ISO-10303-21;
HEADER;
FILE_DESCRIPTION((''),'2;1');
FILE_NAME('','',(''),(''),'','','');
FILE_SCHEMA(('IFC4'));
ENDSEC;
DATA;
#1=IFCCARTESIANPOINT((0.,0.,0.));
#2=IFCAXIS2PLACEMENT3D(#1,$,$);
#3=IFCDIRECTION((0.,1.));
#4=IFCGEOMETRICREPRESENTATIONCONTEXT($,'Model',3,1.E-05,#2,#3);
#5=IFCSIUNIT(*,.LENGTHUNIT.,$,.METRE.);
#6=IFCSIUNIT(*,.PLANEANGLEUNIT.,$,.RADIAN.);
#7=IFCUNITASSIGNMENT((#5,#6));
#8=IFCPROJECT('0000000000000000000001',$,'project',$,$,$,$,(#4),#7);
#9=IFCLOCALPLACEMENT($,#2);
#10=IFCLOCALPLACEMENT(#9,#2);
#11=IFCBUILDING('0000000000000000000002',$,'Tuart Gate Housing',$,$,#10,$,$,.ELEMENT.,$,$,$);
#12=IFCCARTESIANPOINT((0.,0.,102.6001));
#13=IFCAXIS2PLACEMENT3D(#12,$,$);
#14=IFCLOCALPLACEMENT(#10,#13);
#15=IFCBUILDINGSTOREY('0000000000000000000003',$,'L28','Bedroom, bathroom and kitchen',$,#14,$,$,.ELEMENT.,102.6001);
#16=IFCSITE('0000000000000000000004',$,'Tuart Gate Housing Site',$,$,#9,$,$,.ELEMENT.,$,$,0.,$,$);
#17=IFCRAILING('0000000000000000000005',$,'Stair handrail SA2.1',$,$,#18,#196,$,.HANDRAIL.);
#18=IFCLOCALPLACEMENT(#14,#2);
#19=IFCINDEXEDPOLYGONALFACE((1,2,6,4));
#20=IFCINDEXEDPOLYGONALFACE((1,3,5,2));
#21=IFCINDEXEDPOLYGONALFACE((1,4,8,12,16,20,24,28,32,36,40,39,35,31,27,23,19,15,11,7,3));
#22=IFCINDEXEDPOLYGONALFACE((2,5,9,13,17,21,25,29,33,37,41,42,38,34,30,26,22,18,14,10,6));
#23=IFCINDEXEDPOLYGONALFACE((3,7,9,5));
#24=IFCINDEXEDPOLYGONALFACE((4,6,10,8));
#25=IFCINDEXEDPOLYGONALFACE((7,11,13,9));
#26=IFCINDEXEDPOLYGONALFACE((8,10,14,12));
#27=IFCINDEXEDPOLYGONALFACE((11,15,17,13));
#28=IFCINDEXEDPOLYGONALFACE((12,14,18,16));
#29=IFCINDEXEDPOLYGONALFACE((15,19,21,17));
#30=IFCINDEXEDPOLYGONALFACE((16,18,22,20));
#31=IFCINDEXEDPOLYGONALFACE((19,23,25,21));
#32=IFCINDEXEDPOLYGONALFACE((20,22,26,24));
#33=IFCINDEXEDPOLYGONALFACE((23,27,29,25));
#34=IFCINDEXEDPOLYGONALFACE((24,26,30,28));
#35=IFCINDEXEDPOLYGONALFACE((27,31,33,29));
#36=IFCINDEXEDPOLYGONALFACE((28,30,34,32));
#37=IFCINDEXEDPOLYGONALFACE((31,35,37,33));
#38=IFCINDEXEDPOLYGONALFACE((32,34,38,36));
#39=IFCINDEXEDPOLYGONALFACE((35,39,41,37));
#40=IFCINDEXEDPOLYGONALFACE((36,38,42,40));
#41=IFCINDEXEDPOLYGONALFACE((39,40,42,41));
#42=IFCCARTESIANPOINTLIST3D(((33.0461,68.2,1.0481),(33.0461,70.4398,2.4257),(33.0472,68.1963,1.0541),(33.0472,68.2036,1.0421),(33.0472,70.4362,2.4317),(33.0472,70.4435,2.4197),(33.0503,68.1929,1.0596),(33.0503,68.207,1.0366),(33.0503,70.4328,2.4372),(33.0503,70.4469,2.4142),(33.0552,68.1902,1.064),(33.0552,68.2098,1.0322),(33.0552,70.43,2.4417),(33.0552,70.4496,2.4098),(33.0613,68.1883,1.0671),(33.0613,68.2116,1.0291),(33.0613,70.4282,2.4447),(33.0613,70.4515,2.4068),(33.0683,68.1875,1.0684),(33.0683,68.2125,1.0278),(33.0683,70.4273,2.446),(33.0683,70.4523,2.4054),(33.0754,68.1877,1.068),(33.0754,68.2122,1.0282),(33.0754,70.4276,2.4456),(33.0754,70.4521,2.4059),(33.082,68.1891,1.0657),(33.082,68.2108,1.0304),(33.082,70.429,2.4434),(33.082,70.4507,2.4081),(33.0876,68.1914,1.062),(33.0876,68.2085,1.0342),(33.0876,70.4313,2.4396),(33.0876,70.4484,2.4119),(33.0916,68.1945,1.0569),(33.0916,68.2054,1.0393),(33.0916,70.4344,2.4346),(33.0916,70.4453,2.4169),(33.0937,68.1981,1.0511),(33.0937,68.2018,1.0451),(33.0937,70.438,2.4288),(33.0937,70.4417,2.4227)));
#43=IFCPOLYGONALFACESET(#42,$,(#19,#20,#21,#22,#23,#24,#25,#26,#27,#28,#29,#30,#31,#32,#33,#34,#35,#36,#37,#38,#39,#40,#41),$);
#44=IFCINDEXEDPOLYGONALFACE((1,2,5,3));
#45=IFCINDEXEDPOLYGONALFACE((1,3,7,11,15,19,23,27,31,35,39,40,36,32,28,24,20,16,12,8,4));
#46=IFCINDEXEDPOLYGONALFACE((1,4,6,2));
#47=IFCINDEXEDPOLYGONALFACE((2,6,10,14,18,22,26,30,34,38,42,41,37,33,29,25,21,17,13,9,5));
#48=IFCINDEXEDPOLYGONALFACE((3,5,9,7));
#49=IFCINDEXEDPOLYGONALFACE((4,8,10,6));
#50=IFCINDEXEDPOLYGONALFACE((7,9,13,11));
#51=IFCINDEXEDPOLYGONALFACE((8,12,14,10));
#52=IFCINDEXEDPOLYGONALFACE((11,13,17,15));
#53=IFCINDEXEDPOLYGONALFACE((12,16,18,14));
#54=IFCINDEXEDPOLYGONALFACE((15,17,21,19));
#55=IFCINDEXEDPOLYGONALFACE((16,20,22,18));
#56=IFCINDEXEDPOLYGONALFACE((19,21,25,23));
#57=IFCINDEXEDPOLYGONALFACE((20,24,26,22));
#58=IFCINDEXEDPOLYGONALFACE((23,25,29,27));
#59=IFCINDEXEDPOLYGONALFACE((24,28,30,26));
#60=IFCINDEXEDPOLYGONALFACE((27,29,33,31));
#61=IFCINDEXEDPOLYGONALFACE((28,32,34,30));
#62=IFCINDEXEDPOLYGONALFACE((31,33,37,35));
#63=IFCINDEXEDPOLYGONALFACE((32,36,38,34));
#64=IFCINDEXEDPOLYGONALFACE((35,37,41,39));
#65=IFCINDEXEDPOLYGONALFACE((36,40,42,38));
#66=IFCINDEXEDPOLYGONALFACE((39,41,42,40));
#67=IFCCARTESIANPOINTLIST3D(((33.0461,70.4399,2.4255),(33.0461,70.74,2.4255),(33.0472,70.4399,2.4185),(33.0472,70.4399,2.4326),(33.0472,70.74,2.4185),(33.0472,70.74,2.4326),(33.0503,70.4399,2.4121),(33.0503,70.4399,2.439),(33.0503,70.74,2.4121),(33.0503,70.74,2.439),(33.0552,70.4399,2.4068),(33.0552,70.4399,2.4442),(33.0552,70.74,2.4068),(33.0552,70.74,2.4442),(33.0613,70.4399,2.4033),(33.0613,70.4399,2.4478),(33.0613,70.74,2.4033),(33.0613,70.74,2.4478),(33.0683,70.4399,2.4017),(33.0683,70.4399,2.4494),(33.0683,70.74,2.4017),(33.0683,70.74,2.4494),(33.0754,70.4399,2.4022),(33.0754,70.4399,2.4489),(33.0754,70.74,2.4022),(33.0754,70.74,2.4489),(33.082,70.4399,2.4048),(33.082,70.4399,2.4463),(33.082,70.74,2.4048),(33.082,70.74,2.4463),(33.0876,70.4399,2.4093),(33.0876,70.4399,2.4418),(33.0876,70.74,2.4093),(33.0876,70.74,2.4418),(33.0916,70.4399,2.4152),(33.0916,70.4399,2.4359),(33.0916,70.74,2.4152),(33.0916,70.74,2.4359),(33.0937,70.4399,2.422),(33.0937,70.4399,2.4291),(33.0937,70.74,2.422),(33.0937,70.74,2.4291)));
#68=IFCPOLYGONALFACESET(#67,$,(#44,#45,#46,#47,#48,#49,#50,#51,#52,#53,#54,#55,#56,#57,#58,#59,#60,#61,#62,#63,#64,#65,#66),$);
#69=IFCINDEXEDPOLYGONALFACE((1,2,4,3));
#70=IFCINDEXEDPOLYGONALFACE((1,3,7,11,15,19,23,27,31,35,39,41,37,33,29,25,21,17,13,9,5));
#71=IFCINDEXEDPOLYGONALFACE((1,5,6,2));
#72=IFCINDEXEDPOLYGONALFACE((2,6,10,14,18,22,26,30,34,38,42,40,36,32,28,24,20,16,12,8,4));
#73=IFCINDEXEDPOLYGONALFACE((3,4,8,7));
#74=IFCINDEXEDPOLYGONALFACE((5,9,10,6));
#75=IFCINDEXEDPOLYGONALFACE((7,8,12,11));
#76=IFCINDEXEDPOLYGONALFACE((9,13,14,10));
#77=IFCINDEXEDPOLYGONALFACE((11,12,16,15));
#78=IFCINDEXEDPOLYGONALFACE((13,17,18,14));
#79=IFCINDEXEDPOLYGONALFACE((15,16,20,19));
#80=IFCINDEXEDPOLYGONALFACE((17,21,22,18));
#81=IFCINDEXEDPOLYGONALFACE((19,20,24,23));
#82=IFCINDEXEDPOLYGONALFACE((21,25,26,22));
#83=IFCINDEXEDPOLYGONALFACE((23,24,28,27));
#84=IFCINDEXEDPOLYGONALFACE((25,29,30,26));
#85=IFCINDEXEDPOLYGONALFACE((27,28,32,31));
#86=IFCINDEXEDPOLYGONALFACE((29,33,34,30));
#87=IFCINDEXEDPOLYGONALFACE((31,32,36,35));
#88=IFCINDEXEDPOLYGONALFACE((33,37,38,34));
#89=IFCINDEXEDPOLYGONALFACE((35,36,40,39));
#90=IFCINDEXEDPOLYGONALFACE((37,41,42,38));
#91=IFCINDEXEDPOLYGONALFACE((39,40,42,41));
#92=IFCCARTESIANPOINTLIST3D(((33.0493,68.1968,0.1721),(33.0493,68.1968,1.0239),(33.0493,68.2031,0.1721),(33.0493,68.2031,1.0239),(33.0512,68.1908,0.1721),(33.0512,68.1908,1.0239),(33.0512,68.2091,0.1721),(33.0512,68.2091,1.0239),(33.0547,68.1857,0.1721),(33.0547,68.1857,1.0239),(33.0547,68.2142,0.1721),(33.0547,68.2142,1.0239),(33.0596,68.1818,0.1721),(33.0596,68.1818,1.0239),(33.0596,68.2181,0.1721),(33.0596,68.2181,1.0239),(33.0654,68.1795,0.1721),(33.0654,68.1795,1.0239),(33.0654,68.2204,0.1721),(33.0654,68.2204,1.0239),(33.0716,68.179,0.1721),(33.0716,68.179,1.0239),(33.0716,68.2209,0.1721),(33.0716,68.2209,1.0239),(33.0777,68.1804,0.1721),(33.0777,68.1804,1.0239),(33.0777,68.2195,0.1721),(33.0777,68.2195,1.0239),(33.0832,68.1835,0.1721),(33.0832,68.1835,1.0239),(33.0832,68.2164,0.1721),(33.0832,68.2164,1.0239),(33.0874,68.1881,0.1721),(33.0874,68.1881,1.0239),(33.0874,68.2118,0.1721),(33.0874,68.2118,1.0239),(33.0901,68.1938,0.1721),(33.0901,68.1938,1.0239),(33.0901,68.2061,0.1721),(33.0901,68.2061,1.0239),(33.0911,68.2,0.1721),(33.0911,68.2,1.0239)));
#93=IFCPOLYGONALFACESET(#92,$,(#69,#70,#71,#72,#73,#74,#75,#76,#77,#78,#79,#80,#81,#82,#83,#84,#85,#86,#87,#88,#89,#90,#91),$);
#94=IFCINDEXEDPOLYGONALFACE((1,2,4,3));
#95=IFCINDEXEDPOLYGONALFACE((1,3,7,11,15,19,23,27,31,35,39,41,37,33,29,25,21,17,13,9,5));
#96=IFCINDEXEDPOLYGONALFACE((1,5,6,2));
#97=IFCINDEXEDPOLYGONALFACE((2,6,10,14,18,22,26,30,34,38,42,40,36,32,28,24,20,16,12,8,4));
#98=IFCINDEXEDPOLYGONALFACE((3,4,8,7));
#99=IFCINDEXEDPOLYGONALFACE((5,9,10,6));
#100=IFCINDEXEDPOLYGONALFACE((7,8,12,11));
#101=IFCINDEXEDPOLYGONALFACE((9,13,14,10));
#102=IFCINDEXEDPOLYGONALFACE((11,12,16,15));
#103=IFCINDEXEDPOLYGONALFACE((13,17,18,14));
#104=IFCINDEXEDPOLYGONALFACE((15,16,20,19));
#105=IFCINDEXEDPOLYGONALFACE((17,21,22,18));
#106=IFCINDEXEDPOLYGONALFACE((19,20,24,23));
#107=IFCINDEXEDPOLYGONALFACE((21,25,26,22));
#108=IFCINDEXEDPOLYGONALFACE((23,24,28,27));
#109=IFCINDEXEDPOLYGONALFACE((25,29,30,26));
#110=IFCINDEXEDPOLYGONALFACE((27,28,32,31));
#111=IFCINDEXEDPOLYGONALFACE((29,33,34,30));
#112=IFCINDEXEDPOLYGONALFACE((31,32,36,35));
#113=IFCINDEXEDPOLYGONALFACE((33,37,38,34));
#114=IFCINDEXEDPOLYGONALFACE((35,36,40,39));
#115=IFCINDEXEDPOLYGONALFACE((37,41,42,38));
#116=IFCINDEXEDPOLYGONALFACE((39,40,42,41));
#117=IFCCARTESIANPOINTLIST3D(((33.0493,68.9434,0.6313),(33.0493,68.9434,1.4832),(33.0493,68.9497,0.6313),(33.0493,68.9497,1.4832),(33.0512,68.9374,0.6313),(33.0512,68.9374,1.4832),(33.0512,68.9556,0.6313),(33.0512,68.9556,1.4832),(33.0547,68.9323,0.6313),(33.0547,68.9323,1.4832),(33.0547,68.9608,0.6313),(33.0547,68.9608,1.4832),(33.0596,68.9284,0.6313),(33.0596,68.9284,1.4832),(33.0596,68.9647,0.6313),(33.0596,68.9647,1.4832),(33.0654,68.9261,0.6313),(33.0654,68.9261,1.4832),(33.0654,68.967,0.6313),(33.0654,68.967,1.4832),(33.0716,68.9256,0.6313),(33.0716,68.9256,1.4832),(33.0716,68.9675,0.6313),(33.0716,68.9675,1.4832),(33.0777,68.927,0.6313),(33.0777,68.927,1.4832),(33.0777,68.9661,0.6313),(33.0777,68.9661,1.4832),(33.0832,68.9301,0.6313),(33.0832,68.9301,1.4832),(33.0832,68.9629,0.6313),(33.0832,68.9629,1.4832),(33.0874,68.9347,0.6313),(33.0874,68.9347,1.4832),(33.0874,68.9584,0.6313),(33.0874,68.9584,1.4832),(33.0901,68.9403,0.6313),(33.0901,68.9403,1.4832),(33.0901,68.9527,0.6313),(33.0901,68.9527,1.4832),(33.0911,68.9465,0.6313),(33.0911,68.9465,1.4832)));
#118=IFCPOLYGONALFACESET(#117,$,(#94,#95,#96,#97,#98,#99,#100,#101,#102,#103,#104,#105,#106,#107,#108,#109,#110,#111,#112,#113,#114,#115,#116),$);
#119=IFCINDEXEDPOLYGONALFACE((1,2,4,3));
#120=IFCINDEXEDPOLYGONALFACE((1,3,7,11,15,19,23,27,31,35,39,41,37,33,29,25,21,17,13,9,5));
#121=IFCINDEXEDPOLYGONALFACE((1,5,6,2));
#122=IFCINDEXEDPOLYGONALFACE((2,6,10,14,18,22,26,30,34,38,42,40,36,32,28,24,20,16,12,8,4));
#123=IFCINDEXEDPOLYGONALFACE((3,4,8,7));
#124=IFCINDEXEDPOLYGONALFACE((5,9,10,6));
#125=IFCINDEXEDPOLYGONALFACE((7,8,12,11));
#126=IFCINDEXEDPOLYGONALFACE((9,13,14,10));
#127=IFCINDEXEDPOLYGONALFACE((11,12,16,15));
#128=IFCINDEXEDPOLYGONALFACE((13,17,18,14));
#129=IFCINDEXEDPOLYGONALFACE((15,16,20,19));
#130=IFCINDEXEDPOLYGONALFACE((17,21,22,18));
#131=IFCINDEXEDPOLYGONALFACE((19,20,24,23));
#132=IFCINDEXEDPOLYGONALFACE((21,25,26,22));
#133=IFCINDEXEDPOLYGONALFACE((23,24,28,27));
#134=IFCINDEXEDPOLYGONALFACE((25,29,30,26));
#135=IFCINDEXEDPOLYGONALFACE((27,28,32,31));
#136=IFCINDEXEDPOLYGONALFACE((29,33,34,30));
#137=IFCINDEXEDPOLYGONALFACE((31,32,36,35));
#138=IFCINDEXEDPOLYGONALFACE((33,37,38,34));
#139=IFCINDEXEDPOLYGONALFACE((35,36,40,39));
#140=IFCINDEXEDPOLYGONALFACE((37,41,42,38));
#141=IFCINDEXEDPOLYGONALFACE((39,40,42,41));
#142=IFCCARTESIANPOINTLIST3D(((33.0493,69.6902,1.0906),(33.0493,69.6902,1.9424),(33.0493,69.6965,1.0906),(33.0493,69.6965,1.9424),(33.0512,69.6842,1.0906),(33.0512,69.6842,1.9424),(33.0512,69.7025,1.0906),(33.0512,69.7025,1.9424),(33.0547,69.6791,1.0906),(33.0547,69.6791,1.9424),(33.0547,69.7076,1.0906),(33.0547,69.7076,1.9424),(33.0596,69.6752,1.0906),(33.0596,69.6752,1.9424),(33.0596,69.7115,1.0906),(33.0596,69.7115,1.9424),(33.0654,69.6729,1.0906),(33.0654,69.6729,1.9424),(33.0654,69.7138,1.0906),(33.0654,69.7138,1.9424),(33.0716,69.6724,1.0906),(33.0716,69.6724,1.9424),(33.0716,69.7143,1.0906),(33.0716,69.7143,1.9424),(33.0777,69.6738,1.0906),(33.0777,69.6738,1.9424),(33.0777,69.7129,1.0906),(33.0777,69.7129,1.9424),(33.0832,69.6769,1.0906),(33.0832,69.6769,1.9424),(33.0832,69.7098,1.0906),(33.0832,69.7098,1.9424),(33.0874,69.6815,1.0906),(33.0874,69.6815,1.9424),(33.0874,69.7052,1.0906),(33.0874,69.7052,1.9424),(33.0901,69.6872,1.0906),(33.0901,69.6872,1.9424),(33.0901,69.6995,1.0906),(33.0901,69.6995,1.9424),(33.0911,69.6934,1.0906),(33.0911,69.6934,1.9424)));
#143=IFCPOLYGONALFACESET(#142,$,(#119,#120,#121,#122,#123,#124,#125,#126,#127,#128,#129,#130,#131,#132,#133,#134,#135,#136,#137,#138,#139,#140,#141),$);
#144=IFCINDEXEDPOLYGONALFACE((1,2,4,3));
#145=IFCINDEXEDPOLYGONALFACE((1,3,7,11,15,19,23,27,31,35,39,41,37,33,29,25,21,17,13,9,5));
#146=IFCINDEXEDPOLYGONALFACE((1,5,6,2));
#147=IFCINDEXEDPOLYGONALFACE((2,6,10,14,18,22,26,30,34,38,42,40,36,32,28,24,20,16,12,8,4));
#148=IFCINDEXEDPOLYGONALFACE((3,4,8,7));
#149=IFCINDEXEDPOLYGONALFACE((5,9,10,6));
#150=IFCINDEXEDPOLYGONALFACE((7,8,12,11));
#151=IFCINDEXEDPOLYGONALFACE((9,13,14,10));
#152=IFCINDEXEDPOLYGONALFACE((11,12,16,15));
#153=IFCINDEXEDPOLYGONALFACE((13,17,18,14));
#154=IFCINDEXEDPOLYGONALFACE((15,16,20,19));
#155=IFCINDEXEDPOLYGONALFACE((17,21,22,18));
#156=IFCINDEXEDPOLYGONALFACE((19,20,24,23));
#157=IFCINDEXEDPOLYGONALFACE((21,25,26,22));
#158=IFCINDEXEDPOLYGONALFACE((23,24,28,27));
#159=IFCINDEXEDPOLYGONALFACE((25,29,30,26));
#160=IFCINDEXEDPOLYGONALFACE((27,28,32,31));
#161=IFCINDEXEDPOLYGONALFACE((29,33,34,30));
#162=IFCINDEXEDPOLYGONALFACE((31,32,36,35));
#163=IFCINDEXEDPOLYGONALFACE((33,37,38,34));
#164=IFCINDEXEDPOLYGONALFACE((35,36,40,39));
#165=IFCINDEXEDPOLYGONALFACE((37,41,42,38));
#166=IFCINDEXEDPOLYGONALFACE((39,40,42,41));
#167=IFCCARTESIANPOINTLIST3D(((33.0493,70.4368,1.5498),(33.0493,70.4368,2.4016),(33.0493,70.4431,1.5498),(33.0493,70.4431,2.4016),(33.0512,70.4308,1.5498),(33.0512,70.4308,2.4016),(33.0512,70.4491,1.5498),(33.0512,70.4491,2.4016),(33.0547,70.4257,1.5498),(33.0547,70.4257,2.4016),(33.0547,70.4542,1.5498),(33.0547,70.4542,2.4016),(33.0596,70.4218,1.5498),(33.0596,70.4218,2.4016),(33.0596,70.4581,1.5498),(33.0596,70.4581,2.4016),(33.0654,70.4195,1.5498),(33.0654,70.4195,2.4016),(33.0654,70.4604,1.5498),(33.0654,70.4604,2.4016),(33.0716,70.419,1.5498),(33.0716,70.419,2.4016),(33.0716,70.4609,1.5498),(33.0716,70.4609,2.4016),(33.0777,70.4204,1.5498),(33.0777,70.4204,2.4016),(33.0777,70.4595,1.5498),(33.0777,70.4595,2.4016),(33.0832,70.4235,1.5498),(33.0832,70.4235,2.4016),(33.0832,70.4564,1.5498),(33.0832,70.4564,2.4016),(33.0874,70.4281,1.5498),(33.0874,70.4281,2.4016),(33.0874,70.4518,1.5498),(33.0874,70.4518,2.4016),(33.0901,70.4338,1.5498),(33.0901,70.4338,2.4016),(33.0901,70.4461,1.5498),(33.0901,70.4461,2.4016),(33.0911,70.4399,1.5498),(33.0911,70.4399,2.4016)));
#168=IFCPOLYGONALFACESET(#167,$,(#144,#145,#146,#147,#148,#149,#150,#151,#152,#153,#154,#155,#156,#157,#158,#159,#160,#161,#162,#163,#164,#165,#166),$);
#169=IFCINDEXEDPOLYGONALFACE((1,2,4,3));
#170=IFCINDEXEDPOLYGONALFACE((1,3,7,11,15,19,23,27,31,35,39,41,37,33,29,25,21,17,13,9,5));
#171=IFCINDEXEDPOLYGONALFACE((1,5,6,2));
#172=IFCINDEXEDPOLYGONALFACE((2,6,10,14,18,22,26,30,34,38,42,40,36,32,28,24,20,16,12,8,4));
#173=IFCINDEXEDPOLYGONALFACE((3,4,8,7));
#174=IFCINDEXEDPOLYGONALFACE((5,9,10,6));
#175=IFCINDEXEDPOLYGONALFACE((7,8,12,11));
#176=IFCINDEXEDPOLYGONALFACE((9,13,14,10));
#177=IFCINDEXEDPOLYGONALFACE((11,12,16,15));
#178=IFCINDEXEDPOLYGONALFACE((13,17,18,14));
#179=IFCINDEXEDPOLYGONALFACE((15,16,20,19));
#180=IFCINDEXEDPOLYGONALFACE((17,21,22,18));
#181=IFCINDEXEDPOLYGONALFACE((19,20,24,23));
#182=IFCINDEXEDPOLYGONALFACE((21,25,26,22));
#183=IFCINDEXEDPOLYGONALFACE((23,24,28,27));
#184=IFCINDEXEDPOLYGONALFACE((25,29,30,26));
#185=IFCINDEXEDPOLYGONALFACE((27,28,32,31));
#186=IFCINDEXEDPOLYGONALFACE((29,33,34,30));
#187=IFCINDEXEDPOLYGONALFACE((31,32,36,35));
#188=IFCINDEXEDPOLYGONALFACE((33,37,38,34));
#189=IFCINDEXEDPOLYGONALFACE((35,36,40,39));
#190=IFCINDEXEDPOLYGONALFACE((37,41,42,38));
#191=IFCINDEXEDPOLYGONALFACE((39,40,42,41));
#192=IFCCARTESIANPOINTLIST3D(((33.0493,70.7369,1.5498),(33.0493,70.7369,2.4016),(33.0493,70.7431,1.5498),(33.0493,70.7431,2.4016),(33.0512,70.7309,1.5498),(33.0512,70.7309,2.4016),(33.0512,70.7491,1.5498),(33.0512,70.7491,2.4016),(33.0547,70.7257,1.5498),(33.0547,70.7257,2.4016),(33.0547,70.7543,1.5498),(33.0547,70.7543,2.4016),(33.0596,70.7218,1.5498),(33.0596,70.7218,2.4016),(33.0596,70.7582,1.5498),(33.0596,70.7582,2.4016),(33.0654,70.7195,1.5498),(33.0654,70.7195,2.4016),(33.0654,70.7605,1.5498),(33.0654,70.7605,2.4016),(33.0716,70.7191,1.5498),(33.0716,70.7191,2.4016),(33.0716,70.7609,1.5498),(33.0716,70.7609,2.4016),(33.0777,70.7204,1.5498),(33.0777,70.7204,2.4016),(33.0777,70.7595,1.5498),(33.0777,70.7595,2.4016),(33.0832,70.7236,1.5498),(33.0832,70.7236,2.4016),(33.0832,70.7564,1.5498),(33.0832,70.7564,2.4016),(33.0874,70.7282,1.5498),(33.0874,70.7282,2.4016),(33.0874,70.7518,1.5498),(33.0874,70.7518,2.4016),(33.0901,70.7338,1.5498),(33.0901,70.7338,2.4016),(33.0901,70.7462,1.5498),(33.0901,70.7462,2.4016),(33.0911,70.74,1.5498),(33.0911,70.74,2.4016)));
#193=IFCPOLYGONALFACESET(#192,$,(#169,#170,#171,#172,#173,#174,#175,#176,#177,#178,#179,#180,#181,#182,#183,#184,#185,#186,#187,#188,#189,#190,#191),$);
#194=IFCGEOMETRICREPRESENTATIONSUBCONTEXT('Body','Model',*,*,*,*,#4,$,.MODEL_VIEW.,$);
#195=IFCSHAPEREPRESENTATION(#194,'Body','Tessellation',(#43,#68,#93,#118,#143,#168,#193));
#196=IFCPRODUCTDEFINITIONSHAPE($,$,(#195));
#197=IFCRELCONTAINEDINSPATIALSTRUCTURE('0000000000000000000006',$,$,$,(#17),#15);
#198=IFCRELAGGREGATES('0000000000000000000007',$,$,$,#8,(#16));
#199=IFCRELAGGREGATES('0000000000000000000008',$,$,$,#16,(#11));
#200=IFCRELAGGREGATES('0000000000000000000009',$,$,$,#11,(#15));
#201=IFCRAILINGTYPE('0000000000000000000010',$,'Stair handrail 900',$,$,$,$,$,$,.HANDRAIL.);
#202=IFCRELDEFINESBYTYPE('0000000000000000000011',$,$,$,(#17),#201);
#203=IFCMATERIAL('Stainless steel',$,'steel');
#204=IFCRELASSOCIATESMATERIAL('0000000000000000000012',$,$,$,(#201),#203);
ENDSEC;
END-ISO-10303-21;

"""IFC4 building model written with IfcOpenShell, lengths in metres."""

from ifc_helpers import new_model, si_unit, direction, frame, origin, origin_2d, place, context, subcontext, project, spatial, circle, extrude, material, type_object, element, save


model = new_model("IFC4")

# Units and contexts
model_context = context("Model", 3, precision=1e-05, world=origin(), true_north=direction((0.0, 1.0)))
body_context = subcontext(model_context, "Body", "Model", "MODEL_VIEW")
ifc_project = project(units=[si_unit("LENGTHUNIT", "METRE"), si_unit("PLANEANGLEUNIT", "RADIAN")], contexts=[model_context])

# Site, building, storey
site_placement = place(None, origin())
site = spatial("IfcSite", under=ifc_project, at=site_placement, Name="Tuart Gate Housing Site", CompositionType="ELEMENT", RefElevation=0.0)
building_placement = place(site_placement, origin())
building = spatial("IfcBuilding", under=site, at=building_placement, Name="Tuart Gate Housing", CompositionType="ELEMENT")
storey_placement = place(building_placement, frame((0.0, 0.0, 102.6001)))
storey = spatial("IfcBuildingStorey", under=building, at=storey_placement, Name="L28", Description="Bedroom, bathroom and kitchen", CompositionType="ELEMENT", Elevation=102.6001)

# Railing
ifc_material_1 = material(Name="Stainless steel", Category="steel")
railing_type = type_object("IfcRailingType", Name="Stair handrail 900", PredefinedType="HANDRAIL", material=ifc_material_1)
railing_placement = place(storey_placement, frame((33.0701, 68.2, 0.1721)))
element("IfcRailing", 1, at=railing_placement, inside=storey, type_object=railing_type, Name="Stair handrail SA2.1", PredefinedType="HANDRAIL", context=body_context, shape_type="SweptSolid", body=[
    extrude(circle(Radius=0.0239, at=origin_2d()), frame((0.0, 0.0, 0.876), z_axis=(0.0, 0.851789, 0.523885), x_axis=(-1.0, 0.0, 0.0)), (0.0, 0.0, 1.0), 2.6296),
    extrude(circle(Radius=0.0239, at=origin_2d()), frame((0.0, 2.24, 2.2534), z_axis=(0.0, 1.0, 0.0), x_axis=(-1.0, 0.0, 0.0)), (0.0, 0.0, 1.0), 0.3),
    extrude(circle(Radius=0.021, at=origin_2d()), origin(), (0.0, 0.0, 1.0), 0.8518),
    extrude(circle(Radius=0.021, at=origin_2d()), frame((0.0, 0.7466, 0.4592)), (0.0, 0.0, 1.0), 0.8518),
    extrude(circle(Radius=0.021, at=origin_2d()), frame((0.0, 1.4934, 0.9185)), (0.0, 0.0, 1.0), 0.8518),
    extrude(circle(Radius=0.021, at=origin_2d()), frame((0.0, 2.24, 1.3777)), (0.0, 0.0, 1.0), 0.8518),
    extrude(circle(Radius=0.021, at=origin_2d()), frame((0.0, 2.54, 1.3777)), (0.0, 0.0, 1.0), 0.8518),
])

save(model, "model.ifc")
